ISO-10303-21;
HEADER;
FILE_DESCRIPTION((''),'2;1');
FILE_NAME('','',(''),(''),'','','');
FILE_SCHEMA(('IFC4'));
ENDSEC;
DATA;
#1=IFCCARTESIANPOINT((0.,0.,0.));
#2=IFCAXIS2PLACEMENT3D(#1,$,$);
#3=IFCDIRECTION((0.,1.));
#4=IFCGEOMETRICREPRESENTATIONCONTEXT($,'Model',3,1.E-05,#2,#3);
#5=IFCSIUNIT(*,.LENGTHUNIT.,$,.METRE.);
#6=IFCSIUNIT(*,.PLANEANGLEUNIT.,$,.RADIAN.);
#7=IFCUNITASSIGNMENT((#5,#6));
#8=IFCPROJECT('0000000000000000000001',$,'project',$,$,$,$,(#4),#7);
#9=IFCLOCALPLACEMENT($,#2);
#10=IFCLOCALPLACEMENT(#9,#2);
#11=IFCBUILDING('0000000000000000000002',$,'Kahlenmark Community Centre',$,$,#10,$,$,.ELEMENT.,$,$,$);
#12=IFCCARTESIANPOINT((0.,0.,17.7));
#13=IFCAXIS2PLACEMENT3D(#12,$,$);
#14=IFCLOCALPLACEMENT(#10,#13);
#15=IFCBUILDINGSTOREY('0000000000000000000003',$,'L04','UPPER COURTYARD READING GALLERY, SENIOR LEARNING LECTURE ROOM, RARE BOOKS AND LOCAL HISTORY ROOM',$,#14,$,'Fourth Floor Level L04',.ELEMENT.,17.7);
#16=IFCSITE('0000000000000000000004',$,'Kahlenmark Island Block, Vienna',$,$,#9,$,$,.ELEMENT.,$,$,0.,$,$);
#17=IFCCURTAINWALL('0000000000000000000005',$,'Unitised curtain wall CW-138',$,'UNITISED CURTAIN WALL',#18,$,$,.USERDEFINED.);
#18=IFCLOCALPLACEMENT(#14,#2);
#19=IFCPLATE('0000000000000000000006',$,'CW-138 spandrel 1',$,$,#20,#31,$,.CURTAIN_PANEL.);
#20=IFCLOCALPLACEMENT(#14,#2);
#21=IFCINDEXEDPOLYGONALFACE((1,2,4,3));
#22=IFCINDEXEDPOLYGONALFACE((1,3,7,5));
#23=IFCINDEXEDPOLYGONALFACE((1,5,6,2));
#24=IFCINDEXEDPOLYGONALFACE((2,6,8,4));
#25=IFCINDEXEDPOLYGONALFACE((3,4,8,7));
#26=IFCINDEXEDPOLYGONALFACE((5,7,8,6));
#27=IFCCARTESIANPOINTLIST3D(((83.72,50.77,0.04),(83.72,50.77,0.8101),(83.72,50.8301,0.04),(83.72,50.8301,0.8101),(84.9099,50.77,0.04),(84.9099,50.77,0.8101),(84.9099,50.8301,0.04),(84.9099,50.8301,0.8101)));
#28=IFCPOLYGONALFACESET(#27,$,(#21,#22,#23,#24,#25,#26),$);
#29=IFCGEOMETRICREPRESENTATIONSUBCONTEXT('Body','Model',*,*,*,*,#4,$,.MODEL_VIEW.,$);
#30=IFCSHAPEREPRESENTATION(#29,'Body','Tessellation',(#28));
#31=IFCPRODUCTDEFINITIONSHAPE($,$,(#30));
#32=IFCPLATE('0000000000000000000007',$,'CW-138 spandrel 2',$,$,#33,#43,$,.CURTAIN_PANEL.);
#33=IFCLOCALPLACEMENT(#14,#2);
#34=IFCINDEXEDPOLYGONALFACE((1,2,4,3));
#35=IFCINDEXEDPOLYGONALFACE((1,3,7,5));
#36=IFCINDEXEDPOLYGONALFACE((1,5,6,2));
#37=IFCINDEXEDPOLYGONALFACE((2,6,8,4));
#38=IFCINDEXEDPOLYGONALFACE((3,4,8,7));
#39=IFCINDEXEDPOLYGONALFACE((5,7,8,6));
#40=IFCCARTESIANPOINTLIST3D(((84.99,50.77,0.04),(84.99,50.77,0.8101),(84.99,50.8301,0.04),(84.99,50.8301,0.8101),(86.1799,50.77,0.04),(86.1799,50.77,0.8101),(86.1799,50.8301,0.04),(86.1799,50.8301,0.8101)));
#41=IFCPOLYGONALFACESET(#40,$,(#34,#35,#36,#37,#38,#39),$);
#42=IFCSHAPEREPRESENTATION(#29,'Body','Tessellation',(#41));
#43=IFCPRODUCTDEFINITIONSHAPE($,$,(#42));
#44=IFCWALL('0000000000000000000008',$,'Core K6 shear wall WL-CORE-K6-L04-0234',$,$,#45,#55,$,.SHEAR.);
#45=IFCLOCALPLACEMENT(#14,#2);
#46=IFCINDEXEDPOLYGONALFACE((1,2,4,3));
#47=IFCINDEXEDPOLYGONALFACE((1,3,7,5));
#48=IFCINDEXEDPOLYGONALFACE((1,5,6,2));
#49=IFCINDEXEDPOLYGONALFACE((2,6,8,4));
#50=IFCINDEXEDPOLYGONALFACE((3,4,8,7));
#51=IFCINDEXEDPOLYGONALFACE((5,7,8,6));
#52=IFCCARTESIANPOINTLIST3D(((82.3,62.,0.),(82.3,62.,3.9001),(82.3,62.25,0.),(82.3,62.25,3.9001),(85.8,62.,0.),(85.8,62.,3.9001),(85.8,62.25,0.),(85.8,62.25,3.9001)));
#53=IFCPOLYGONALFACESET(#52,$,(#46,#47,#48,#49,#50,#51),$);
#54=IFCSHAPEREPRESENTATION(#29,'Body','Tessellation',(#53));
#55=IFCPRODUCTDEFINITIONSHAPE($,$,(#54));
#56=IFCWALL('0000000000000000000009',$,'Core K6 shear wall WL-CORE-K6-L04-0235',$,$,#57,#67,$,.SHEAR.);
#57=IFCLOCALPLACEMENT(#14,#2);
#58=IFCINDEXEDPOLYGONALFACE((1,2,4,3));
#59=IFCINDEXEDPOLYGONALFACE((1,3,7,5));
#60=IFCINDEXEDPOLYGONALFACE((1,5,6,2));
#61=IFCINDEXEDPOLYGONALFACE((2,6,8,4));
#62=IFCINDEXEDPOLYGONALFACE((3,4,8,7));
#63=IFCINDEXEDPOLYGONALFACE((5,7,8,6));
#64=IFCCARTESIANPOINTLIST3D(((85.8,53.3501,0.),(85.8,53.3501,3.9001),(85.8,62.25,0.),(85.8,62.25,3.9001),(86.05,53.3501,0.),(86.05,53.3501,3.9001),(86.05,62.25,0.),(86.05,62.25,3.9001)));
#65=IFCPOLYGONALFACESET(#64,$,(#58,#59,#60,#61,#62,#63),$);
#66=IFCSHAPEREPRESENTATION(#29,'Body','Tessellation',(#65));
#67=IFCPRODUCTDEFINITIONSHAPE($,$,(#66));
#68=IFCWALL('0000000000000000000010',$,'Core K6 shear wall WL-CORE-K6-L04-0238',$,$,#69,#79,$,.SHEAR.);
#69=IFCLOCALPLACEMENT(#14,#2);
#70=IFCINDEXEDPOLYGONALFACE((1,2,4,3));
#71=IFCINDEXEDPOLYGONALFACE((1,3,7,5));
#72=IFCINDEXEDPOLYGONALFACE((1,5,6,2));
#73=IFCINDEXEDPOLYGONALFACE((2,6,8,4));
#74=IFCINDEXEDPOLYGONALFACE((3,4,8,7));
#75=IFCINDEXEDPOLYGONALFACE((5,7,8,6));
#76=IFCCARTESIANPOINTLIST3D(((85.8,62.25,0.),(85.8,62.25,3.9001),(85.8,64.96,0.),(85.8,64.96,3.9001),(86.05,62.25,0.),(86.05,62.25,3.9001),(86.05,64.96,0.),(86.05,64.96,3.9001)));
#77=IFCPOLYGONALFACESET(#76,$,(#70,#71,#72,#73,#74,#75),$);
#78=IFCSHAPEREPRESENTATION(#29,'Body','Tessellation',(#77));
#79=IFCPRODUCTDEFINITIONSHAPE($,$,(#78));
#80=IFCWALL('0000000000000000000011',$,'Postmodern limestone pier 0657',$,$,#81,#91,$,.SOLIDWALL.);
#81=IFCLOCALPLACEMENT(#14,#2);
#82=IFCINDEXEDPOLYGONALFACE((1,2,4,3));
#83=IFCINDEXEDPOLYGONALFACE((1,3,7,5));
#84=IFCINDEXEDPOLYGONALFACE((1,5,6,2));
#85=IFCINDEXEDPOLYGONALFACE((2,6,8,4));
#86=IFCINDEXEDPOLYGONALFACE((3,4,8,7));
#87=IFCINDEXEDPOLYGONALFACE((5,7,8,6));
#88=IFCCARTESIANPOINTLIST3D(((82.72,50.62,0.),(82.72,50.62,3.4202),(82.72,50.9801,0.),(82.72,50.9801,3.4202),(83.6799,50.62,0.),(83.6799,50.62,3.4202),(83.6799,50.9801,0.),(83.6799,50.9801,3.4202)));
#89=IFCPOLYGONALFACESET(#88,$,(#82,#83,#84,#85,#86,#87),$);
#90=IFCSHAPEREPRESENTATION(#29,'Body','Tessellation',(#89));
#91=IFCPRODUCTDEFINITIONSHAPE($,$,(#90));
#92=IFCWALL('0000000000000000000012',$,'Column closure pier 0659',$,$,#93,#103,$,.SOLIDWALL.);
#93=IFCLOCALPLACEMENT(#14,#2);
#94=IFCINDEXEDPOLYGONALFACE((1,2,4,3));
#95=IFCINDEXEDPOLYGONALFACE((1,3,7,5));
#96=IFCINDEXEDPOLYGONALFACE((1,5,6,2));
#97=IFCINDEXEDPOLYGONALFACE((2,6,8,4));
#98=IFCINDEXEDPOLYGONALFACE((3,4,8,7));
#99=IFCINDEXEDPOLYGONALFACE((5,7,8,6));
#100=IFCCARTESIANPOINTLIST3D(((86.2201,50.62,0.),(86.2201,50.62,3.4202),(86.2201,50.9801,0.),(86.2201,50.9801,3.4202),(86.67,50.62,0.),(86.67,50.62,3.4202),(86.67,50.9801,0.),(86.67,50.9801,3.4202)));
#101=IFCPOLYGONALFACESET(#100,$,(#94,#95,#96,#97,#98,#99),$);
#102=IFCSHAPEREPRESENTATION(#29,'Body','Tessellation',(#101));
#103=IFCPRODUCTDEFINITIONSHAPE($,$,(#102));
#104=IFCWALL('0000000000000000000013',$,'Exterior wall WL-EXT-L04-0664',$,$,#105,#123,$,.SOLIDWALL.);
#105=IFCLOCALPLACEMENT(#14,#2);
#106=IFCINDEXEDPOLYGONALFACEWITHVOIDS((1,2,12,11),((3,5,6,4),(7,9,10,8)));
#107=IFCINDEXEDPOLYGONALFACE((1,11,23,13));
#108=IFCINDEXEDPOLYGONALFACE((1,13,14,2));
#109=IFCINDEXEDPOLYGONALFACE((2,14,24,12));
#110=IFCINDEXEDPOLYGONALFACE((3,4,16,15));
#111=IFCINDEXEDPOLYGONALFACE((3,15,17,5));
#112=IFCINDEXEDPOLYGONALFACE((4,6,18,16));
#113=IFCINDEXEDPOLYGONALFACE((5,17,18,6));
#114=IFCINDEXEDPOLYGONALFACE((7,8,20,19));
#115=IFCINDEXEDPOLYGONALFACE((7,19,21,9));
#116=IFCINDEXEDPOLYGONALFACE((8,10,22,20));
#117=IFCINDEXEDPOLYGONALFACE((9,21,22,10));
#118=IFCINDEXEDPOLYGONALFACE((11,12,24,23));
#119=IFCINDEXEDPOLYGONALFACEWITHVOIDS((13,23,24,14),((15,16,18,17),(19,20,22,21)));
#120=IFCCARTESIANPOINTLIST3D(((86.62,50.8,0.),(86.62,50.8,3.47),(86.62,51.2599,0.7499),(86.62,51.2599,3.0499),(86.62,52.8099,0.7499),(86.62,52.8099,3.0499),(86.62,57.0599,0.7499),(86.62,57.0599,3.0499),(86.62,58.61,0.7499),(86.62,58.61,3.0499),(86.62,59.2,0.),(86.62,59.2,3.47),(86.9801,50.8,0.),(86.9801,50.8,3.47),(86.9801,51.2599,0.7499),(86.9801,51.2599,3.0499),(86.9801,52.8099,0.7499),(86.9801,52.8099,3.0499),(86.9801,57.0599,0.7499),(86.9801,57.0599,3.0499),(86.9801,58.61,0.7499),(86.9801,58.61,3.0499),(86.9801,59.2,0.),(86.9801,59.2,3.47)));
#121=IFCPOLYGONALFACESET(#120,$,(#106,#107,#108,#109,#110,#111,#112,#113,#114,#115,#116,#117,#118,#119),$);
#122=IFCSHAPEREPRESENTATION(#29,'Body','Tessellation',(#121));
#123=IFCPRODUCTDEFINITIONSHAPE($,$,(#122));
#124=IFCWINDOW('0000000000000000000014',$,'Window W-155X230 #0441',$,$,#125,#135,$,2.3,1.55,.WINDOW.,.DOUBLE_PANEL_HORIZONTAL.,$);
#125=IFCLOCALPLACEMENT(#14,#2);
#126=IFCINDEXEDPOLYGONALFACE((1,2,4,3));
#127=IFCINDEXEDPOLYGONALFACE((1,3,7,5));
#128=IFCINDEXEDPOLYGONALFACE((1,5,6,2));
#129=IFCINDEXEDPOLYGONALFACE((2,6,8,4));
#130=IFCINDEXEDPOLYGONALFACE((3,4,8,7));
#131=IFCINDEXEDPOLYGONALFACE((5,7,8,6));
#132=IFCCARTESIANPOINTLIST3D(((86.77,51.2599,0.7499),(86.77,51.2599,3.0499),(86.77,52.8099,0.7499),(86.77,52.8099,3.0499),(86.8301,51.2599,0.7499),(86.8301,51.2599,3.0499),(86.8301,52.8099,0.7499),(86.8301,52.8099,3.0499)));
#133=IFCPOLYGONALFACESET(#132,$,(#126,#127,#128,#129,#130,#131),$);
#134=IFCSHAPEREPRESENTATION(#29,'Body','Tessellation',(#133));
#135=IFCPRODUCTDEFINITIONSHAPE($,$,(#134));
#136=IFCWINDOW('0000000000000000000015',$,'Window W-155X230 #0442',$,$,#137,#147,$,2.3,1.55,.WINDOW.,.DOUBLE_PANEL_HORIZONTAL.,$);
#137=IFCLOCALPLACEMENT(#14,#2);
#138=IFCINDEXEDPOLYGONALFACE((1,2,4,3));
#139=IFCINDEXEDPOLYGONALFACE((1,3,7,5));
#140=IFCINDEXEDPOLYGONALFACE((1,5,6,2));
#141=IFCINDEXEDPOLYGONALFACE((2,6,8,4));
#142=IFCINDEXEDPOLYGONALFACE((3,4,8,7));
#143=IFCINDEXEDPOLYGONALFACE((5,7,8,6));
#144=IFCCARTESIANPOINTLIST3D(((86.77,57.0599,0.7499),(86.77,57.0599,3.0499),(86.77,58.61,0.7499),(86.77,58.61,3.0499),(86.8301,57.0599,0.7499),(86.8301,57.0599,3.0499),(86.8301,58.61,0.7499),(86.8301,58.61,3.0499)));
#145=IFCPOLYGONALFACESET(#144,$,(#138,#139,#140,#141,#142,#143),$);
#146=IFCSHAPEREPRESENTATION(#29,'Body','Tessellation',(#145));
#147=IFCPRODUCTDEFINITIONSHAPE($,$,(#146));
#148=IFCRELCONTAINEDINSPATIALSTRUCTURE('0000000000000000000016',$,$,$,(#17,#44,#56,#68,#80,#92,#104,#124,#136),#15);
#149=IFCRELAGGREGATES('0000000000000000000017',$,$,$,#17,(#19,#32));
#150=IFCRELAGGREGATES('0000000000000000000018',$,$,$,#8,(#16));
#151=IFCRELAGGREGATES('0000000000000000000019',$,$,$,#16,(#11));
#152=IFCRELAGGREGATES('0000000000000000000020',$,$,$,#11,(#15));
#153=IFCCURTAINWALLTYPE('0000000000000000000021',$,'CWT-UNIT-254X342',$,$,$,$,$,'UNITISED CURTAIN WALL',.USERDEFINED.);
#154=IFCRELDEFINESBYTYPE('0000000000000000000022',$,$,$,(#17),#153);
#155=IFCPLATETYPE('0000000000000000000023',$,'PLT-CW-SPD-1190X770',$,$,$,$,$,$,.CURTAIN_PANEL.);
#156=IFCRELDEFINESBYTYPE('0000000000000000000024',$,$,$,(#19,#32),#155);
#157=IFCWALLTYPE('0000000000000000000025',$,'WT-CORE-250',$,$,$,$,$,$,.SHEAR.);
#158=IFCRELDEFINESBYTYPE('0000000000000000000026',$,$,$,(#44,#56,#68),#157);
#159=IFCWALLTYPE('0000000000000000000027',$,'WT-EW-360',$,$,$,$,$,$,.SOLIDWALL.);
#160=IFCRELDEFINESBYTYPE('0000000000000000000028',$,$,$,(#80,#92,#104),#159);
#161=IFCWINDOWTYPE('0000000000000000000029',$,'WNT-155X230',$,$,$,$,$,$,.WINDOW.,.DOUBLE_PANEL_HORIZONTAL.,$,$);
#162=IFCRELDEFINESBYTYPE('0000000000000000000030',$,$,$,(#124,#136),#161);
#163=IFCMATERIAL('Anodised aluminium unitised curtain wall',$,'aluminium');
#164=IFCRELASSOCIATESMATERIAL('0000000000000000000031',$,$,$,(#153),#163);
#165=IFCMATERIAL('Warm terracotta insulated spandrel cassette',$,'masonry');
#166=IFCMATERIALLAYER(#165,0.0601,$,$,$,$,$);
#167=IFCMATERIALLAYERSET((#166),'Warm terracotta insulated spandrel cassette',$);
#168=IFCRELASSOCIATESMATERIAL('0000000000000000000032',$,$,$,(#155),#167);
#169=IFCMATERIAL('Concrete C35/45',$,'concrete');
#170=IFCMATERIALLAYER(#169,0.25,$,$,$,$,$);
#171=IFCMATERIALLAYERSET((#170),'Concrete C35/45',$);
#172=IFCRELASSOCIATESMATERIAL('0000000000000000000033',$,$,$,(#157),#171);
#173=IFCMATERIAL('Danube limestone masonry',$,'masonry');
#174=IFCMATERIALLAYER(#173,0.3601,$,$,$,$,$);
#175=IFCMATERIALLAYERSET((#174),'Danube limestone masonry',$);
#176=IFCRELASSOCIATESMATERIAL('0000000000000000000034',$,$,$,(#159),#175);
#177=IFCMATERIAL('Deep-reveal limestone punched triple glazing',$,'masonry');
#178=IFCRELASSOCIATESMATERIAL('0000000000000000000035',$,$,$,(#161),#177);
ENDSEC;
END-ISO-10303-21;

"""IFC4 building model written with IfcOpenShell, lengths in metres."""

from ifc_helpers import new_model, si_unit, direction, frame, frame_2d, origin, origin_2d, place, context, subcontext, project, spatial, rectangle, extrude, material, layer, layer_set, type_object, element, fill, aggregate, save


model = new_model("IFC4")

# Units and contexts
model_context = context("Model", 3, precision=1e-05, world=origin(), true_north=direction((0.0, 1.0)))
body_context = subcontext(model_context, "Body", "Model", "MODEL_VIEW")
ifc_project = project(units=[si_unit("LENGTHUNIT", "METRE"), si_unit("PLANEANGLEUNIT", "RADIAN")], contexts=[model_context])

# Site, building, storey
site_placement = place(None, origin())
site = spatial("IfcSite", under=ifc_project, at=site_placement, Name="Kahlenmark Island Block, Vienna", CompositionType="ELEMENT", RefElevation=0.0)
building_placement = place(site_placement, origin())
building = spatial("IfcBuilding", under=site, at=building_placement, Name="Kahlenmark Community Centre", CompositionType="ELEMENT")
storey_placement = place(building_placement, frame((0.0, 0.0, 17.7)))
storey = spatial("IfcBuildingStorey", under=building, at=storey_placement, Name="L04", Description="UPPER COURTYARD READING GALLERY, SENIOR LEARNING LECTURE ROOM, RARE BOOKS AND LOCAL HISTORY ROOM", LongName="Fourth Floor Level L04", CompositionType="ELEMENT", Elevation=17.7)

# Curtain wall, plates
ifc_material_1 = material(Name="Anodised aluminium unitised curtain wall", Category="aluminium")
curtain_wall_type = type_object("IfcCurtainWallType", Name="CWT-UNIT-254X342", ElementType="UNITISED CURTAIN WALL", PredefinedType="USERDEFINED", material=ifc_material_1)
curtain_wall_placement = place(storey_placement, origin())
curtain_wall = element("IfcCurtainWall", 1, at=curtain_wall_placement, inside=storey, type_object=curtain_wall_type, Name="Unitised curtain wall CW-138", ObjectType="UNITISED CURTAIN WALL", PredefinedType="USERDEFINED")
ifc_material_2 = material(Name="Warm terracotta insulated spandrel cassette", Category="masonry")
ifc_layer_1 = layer(ifc_material_2, 0.0601)
ifc_layer_set_1 = layer_set([ifc_layer_1], Name="Warm terracotta insulated spandrel cassette")
plate_type_1 = type_object("IfcPlateType", Name="PLT-CW-SPD-1190X770", PredefinedType="CURTAIN_PANEL", material=ifc_layer_set_1)
plate_1_placement = place(storey_placement, frame((84.3149, 50.8, 0.04), z_axis=(0.0, 0.0, 1.0), x_axis=(1.0, 0.0, 0.0)))
plate_1 = element("IfcPlate", 2, at=plate_1_placement, type_object=plate_type_1, Name="CW-138 spandrel 1", PredefinedType="CURTAIN_PANEL", context=body_context, shape_type="SweptSolid", body=[
    extrude(rectangle(XDim=1.1899, YDim=0.0601, at=origin_2d()), origin(), (0.0, 0.0, 1.0), 0.77),
])
plate_2_placement = place(storey_placement, frame((85.585, 50.8, 0.04), z_axis=(0.0, 0.0, 1.0), x_axis=(1.0, 0.0, 0.0)))
plate_2 = element("IfcPlate", 3, at=plate_2_placement, type_object=plate_type_1, Name="CW-138 spandrel 2", PredefinedType="CURTAIN_PANEL", context=body_context, shape_type="SweptSolid", body=[
    extrude(rectangle(XDim=1.1899, YDim=0.0601, at=origin_2d()), origin(), (0.0, 0.0, 1.0), 0.77),
])
aggregate(curtain_wall, [plate_1, plate_2])

# Walls
ifc_material_3 = material(Name="Concrete C35/45", Category="concrete")
ifc_layer_2 = layer(ifc_material_3, 0.25)
ifc_layer_set_2 = layer_set([ifc_layer_2], Name="Concrete C35/45")
wall_type_1 = type_object("IfcWallType", Name="WT-CORE-250", PredefinedType="SHEAR", material=ifc_layer_set_2)
wall_1_placement = place(storey_placement, frame((85.8, 62.125, 0.0), z_axis=(0.0, 0.0, 1.0), x_axis=(-1.0, 0.0, 0.0)))
element("IfcWall", 4, at=wall_1_placement, inside=storey, type_object=wall_type_1, Name="Core K6 shear wall WL-CORE-K6-L04-0234", PredefinedType="SHEAR", context=body_context, shape_type="SweptSolid", body=[
    extrude(rectangle(XDim=3.5, YDim=0.25, at=frame_2d((1.75, 0.0))), origin(), (0.0, 0.0, 1.0), 3.9001),
])
wall_2_placement = place(storey_placement, frame((85.925, 53.3501, 0.0), z_axis=(0.0, 0.0, 1.0), x_axis=(0.0, 1.0, 0.0)))
element("IfcWall", 5, at=wall_2_placement, inside=storey, type_object=wall_type_1, Name="Core K6 shear wall WL-CORE-K6-L04-0235", PredefinedType="SHEAR", context=body_context, shape_type="SweptSolid", body=[
    extrude(rectangle(XDim=8.8999, YDim=0.25, at=frame_2d((4.45, 0.0))), origin(), (0.0, 0.0, 1.0), 3.9001),
])

# Walls
wall_3_placement = place(storey_placement, frame((85.925, 62.25, 0.0), z_axis=(0.0, 0.0, 1.0), x_axis=(0.0, 1.0, 0.0)))
element("IfcWall", 6, at=wall_3_placement, inside=storey, type_object=wall_type_1, Name="Core K6 shear wall WL-CORE-K6-L04-0238", PredefinedType="SHEAR", context=body_context, shape_type="SweptSolid", body=[
    extrude(rectangle(XDim=2.71, YDim=0.25, at=frame_2d((1.355, 0.0))), origin(), (0.0, 0.0, 1.0), 3.9001),
])
ifc_material_4 = material(Name="Danube limestone masonry", Category="masonry")
ifc_layer_3 = layer(ifc_material_4, 0.3601)
ifc_layer_set_3 = layer_set([ifc_layer_3], Name="Danube limestone masonry")
wall_type_2 = type_object("IfcWallType", Name="WT-EW-360", PredefinedType="SOLIDWALL", material=ifc_layer_set_3)
wall_4_placement = place(storey_placement, frame((82.72, 50.8, 0.0), z_axis=(0.0, 0.0, 1.0), x_axis=(1.0, 0.0, 0.0)))
element("IfcWall", 7, at=wall_4_placement, inside=storey, type_object=wall_type_2, Name="Postmodern limestone pier 0657", PredefinedType="SOLIDWALL", context=body_context, shape_type="SweptSolid", body=[
    extrude(rectangle(XDim=0.96, YDim=0.3601, at=frame_2d((0.48, 0.0))), origin(), (0.0, 0.0, 1.0), 3.4202),
])
wall_5_placement = place(storey_placement, frame((86.22, 50.8, 0.0), z_axis=(0.0, 0.0, 1.0), x_axis=(1.0, 0.0, 0.0)))
element("IfcWall", 8, at=wall_5_placement, inside=storey, type_object=wall_type_2, Name="Column closure pier 0659", PredefinedType="SOLIDWALL", context=body_context, shape_type="SweptSolid", body=[
    extrude(rectangle(XDim=0.45, YDim=0.3601, at=frame_2d((0.2251, 0.0))), origin(), (0.0, 0.0, 1.0), 3.4202),
])

# Wall, openings, windows
wall_6_placement = place(storey_placement, frame((86.8, 50.8, 0.0), z_axis=(0.0, 0.0, 1.0), x_axis=(0.0, 1.0, 0.0)))
wall_6 = element("IfcWall", 9, at=wall_6_placement, inside=storey, type_object=wall_type_2, Name="Exterior wall WL-EXT-L04-0664", PredefinedType="SOLIDWALL", context=body_context, shape_type="SweptSolid", body=[
    extrude(rectangle(XDim=8.3999, YDim=0.3601, at=frame_2d((4.2, 0.0))), origin(), (0.0, 0.0, 1.0), 3.47),
])
opening_1_placement = place(wall_6_placement, frame((0.46, 0.0, 0.75)))
opening_1 = element("IfcOpeningElement", 10, at=opening_1_placement, cuts=wall_6, PredefinedType="OPENING", context=body_context, shape_type="SweptSolid", body=[
    extrude(rectangle(XDim=1.55, YDim=2.3, at=frame_2d((0.7749, 1.1499))), frame((0.0, 0.1899, 0.0), z_axis=(0.0, -1.0, 0.0), x_axis=(1.0, 0.0, 0.0)), (0.0, 0.0, 1.0), 0.3801),
])
opening_2_placement = place(wall_6_placement, frame((6.26, 0.0, 0.75)))
opening_2 = element("IfcOpeningElement", 11, at=opening_2_placement, cuts=wall_6, PredefinedType="OPENING", context=body_context, shape_type="SweptSolid", body=[
    extrude(rectangle(XDim=1.55, YDim=2.3, at=frame_2d((0.7749, 1.1499))), frame((0.0, 0.1899, 0.0), z_axis=(0.0, -1.0, 0.0), x_axis=(1.0, 0.0, 0.0)), (0.0, 0.0, 1.0), 0.3801),
])
ifc_material_5 = material(Name="Deep-reveal limestone punched triple glazing", Category="masonry")
window_type = type_object("IfcWindowType", Name="WNT-155X230", PartitioningType="DOUBLE_PANEL_HORIZONTAL", PredefinedType="WINDOW", material=ifc_material_5)
window_1_placement = place(opening_1_placement, origin())
window_1 = element("IfcWindow", 12, at=window_1_placement, inside=storey, type_object=window_type, Name="Window W-155X230 #0441", OverallHeight=2.3, OverallWidth=1.55, PartitioningType="DOUBLE_PANEL_HORIZONTAL", PredefinedType="WINDOW", context=body_context, shape_type="SweptSolid", body=[
    extrude(rectangle(XDim=1.55, YDim=2.3, at=frame_2d((0.7749, 1.1499))), frame((0.0, 0.03, 0.0), z_axis=(0.0, -1.0, 0.0), x_axis=(1.0, 0.0, 0.0)), (0.0, 0.0, 1.0), 0.0601),
])
fill(opening_1, window_1)
window_2_placement = place(opening_2_placement, origin())
window_2 = element("IfcWindow", 13, at=window_2_placement, inside=storey, type_object=window_type, Name="Window W-155X230 #0442", OverallHeight=2.3, OverallWidth=1.55, PartitioningType="DOUBLE_PANEL_HORIZONTAL", PredefinedType="WINDOW", context=body_context, shape_type="SweptSolid", body=[
    extrude(rectangle(XDim=1.55, YDim=2.3, at=frame_2d((0.7749, 1.1499))), frame((0.0, 0.03, 0.0), z_axis=(0.0, -1.0, 0.0), x_axis=(1.0, 0.0, 0.0)), (0.0, 0.0, 1.0), 0.0601),
])
fill(opening_2, window_2)

save(model, "model.ifc")
